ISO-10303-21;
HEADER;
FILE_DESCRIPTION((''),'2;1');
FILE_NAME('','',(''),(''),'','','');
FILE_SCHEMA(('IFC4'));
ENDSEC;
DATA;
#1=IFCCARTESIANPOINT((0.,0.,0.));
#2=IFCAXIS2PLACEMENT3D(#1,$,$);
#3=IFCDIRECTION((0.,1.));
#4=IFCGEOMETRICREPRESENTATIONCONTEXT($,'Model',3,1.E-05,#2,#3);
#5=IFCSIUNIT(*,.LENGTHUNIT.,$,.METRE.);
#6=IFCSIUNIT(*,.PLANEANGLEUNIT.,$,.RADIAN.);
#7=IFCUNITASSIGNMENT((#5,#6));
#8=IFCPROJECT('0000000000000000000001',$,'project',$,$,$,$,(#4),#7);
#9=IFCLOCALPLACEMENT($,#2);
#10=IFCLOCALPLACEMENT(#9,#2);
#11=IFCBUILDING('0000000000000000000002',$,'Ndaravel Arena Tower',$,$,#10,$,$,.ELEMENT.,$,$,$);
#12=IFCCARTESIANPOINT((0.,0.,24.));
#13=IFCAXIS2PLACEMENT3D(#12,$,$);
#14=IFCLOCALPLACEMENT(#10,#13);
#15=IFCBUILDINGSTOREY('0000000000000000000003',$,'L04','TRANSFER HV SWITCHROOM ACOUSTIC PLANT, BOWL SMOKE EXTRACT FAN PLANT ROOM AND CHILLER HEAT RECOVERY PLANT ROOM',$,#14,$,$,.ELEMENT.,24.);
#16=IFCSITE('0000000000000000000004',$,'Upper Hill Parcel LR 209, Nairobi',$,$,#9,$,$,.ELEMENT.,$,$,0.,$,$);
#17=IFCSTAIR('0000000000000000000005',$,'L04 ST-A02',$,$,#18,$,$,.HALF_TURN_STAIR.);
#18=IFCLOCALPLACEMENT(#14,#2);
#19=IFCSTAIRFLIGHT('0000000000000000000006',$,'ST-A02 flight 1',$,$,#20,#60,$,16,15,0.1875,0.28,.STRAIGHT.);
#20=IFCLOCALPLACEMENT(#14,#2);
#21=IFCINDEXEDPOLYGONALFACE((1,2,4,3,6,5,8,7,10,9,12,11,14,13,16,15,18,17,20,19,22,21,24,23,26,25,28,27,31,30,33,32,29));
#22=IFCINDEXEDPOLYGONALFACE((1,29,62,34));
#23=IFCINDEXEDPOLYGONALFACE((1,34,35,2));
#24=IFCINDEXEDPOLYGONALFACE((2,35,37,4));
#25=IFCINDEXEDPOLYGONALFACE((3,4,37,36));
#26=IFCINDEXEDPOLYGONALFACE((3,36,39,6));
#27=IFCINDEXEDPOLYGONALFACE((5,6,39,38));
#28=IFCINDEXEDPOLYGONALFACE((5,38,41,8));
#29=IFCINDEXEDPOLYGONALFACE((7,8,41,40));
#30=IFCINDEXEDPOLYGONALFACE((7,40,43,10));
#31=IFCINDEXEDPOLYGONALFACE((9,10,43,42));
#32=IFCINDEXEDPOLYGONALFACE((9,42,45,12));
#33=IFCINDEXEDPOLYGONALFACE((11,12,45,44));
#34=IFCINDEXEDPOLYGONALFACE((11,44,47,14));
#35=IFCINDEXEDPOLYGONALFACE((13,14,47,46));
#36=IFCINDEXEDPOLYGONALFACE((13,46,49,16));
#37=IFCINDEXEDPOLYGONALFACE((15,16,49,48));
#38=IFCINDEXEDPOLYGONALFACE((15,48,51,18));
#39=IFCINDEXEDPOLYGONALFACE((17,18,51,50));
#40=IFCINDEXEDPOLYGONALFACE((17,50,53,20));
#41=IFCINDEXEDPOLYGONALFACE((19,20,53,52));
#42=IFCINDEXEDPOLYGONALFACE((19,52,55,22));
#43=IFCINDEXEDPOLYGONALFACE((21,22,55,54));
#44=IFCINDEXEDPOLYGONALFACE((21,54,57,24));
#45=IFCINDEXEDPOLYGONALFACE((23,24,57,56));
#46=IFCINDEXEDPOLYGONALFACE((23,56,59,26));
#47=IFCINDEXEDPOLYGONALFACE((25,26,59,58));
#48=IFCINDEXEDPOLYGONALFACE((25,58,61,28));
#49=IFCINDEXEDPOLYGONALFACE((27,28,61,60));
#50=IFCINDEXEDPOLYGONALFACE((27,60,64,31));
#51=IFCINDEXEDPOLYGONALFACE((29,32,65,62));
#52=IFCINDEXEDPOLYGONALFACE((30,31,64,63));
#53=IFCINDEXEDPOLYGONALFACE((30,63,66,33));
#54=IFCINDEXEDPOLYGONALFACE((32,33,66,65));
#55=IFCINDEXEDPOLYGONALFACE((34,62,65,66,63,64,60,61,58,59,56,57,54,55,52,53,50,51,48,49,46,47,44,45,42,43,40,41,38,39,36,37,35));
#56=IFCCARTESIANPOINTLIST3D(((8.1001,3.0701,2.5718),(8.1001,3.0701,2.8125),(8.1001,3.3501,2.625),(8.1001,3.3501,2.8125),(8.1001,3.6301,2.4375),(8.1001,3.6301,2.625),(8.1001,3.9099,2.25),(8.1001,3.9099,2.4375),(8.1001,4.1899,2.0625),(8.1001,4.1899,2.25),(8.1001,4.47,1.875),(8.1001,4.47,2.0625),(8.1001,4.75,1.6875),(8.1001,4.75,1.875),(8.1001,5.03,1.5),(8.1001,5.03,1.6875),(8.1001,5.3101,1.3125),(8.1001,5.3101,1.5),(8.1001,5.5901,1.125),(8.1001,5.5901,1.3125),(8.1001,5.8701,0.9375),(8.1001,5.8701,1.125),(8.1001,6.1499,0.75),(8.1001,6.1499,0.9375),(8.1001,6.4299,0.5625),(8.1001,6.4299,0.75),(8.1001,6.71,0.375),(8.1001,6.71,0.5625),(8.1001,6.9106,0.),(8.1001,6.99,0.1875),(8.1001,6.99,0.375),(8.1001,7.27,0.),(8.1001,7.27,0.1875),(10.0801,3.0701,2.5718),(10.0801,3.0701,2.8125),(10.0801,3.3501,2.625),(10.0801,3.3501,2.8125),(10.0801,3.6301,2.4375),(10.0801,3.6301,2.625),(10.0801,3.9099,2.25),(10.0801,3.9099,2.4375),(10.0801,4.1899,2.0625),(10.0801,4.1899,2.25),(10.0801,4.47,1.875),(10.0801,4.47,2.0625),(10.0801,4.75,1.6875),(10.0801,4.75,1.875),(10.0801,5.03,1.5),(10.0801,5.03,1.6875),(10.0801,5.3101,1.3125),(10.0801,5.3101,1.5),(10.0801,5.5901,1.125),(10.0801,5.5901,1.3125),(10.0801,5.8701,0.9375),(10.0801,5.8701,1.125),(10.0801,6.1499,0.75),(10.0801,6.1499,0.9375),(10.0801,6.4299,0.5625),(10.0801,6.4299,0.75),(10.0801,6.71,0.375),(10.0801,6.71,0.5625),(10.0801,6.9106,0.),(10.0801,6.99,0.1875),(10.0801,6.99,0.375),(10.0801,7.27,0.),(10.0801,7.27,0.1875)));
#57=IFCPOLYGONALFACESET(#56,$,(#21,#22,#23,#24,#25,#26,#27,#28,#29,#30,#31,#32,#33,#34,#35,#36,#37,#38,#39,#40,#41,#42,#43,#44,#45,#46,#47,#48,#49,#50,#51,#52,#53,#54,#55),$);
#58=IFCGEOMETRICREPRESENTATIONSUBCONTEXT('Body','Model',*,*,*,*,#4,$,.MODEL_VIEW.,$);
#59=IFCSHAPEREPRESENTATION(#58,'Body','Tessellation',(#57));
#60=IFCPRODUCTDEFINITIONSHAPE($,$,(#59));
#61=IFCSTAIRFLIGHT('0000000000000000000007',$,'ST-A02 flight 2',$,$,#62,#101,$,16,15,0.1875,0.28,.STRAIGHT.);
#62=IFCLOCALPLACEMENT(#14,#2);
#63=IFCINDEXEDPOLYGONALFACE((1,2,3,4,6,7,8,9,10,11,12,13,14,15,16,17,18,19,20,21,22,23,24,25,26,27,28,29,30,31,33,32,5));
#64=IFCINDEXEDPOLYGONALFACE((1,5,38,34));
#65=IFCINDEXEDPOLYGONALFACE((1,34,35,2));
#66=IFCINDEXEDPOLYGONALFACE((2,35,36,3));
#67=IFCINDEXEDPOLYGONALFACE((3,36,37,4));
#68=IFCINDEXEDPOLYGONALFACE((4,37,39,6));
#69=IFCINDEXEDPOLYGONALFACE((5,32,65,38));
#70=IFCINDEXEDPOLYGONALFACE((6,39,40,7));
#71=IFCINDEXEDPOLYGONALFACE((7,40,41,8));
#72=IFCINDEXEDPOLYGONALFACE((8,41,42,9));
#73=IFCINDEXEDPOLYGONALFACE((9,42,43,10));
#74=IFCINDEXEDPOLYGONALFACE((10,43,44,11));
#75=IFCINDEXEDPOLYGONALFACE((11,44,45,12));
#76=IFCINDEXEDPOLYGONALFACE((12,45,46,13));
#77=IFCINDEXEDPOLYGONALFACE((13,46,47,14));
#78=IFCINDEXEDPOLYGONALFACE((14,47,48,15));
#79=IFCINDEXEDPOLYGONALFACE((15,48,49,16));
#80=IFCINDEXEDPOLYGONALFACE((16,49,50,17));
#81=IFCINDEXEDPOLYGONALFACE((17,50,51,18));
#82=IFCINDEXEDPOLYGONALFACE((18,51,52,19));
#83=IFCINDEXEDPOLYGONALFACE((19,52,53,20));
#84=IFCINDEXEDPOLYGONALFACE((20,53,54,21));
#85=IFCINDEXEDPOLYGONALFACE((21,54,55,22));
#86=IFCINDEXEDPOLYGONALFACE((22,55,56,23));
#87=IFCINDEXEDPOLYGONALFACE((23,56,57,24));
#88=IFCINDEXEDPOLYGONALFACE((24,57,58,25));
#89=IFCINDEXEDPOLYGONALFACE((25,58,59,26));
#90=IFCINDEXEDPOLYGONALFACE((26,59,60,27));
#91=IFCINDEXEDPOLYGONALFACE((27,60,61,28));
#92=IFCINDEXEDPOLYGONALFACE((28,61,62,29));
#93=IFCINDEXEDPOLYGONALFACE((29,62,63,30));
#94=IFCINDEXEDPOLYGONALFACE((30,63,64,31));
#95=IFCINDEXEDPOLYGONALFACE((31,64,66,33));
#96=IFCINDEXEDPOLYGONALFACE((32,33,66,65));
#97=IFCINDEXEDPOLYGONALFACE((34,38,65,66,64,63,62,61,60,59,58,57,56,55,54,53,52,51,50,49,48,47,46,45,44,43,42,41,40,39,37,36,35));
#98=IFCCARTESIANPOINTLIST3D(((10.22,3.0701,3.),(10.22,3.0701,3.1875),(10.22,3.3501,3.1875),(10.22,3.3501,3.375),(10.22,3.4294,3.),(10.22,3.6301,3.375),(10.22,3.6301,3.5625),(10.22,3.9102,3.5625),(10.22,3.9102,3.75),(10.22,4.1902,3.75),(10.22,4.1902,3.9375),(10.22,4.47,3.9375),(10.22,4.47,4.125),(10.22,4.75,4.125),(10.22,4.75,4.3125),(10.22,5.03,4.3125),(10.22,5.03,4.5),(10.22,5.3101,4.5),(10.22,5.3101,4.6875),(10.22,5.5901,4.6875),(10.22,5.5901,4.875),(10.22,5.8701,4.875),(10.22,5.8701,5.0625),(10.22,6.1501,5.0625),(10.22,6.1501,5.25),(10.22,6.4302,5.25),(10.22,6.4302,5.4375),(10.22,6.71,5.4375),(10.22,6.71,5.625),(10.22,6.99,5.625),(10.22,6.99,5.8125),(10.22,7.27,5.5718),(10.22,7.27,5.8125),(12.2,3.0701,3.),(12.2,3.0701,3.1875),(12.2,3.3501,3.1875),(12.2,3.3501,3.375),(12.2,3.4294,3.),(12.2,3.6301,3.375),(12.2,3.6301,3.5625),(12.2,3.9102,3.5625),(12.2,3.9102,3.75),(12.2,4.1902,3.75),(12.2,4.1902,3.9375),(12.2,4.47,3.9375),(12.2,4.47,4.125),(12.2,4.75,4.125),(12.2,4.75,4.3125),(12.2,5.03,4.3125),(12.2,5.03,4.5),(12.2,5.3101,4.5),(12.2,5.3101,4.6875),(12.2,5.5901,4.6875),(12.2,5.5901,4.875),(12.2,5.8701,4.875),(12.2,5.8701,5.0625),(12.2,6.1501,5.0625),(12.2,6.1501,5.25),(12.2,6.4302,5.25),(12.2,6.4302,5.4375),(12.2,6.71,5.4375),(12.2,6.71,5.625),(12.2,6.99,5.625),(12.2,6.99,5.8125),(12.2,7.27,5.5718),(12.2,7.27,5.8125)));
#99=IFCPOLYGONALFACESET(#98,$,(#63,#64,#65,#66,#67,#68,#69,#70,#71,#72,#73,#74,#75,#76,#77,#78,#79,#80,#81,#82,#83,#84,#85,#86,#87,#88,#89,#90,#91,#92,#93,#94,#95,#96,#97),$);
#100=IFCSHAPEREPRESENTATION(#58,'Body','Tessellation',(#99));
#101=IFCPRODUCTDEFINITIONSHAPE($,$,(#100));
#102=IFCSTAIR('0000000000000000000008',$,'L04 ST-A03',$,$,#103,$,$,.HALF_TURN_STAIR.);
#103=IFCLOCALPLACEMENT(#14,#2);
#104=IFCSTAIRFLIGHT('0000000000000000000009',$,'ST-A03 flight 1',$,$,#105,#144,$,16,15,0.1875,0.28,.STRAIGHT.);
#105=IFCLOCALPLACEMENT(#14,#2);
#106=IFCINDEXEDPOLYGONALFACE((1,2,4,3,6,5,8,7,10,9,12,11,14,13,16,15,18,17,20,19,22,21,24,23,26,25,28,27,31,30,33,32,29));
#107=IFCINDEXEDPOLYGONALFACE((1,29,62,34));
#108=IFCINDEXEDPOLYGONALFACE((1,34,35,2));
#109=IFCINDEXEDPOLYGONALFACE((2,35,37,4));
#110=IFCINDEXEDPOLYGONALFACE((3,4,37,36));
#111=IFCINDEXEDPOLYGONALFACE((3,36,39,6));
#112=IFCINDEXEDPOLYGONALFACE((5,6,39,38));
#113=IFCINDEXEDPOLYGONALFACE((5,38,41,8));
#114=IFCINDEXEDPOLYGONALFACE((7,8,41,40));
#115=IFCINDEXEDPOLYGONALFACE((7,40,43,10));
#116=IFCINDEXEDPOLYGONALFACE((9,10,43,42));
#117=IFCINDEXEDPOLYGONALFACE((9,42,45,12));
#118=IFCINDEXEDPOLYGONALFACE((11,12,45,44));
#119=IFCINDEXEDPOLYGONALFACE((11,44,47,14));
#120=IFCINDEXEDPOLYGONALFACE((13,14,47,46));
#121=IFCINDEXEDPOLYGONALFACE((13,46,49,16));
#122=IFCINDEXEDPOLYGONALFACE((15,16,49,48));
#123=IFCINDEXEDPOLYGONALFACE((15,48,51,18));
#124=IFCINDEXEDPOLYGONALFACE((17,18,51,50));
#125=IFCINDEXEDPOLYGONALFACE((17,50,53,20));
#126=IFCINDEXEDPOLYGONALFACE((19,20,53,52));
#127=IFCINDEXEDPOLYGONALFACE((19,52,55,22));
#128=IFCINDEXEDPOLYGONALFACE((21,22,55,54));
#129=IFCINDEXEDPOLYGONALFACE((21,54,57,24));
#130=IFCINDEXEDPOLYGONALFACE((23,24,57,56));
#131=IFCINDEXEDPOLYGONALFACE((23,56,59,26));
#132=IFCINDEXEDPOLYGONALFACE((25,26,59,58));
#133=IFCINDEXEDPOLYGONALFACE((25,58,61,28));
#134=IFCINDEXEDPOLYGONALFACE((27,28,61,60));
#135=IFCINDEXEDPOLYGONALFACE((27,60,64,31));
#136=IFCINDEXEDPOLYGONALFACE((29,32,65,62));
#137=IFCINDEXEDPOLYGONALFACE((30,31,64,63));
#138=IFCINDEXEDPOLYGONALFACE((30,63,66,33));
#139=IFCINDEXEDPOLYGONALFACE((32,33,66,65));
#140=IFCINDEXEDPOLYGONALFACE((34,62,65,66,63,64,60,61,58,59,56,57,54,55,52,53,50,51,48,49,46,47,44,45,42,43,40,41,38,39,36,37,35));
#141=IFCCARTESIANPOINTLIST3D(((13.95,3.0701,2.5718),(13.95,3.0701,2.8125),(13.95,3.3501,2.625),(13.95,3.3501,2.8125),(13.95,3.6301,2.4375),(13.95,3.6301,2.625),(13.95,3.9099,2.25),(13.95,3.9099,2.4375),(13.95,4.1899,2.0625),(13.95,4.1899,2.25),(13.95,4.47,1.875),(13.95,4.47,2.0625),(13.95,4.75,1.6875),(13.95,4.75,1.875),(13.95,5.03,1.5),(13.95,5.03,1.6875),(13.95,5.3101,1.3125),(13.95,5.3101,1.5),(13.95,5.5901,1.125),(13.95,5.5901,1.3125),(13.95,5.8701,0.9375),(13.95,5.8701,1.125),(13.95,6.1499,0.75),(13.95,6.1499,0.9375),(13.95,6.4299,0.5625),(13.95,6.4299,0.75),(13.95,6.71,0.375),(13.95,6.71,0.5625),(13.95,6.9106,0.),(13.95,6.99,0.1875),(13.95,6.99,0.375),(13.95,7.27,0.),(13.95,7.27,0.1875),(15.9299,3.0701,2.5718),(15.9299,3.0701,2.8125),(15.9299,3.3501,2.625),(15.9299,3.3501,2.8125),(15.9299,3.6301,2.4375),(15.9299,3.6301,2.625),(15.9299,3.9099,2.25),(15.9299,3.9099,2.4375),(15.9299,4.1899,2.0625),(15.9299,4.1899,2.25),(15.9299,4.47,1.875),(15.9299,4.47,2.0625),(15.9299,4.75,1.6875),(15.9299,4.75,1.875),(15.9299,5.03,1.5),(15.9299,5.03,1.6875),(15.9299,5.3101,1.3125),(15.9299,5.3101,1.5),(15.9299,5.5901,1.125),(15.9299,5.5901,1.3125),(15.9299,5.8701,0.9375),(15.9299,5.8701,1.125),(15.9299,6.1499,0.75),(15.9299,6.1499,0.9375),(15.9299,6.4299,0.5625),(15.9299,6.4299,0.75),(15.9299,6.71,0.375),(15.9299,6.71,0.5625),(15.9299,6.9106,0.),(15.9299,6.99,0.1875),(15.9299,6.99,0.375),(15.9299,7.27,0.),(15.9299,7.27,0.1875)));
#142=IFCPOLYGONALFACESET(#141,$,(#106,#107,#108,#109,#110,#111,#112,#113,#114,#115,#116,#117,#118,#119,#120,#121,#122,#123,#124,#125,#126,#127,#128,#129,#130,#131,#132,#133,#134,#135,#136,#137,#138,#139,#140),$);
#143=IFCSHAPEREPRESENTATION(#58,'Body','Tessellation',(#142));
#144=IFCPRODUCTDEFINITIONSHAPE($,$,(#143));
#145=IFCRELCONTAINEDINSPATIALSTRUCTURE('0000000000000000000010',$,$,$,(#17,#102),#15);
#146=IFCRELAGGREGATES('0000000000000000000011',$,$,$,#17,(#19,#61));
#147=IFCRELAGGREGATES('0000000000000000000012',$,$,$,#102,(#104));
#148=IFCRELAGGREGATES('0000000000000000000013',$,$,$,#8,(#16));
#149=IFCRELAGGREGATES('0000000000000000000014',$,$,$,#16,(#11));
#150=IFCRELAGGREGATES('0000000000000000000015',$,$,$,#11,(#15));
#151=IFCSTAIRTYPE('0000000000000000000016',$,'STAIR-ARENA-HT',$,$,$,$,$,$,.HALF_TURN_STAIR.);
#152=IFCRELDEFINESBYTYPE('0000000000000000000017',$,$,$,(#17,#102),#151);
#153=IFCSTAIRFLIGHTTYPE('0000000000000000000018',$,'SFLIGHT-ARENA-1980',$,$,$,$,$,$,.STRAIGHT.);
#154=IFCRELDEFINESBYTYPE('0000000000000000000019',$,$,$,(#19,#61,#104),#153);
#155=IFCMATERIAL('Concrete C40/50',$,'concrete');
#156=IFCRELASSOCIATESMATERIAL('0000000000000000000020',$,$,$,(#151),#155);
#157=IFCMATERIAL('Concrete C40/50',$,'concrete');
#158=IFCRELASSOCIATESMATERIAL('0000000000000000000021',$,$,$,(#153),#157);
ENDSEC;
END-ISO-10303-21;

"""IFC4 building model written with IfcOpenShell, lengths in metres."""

from ifc_helpers import new_model, si_unit, direction, frame, origin, place, context, subcontext, project, spatial, polyline, outline, extrude, material, type_object, element, aggregate, save


model = new_model("IFC4")

# Units and contexts
model_context = context("Model", 3, precision=1e-05, world=origin(), true_north=direction((0.0, 1.0)))
body_context = subcontext(model_context, "Body", "Model", "MODEL_VIEW")
ifc_project = project(units=[si_unit("LENGTHUNIT", "METRE"), si_unit("PLANEANGLEUNIT", "RADIAN")], contexts=[model_context])

# Site, building, storey
site_placement = place(None, origin())
site = spatial("IfcSite", under=ifc_project, at=site_placement, Name="Upper Hill Parcel LR 209, Nairobi", CompositionType="ELEMENT", RefElevation=0.0)
building_placement = place(site_placement, origin())
building = spatial("IfcBuilding", under=site, at=building_placement, Name="Ndaravel Arena Tower", CompositionType="ELEMENT")
storey_placement = place(building_placement, frame((0.0, 0.0, 24.0)))
storey = spatial("IfcBuildingStorey", under=building, at=storey_placement, Name="L04", Description="TRANSFER HV SWITCHROOM ACOUSTIC PLANT, BOWL SMOKE EXTRACT FAN PLANT ROOM AND CHILLER HEAT RECOVERY PLANT ROOM", CompositionType="ELEMENT", Elevation=24.0)

# Stair, stair flights
ifc_material_1 = material(Name="Concrete C40/50", Category="concrete")
stair_type = type_object("IfcStairType", Name="STAIR-ARENA-HT", PredefinedType="HALF_TURN_STAIR", material=ifc_material_1)
ifc_material_2 = material(Name="Concrete C40/50", Category="concrete")
stair_flight_type = type_object("IfcStairFlightType", Name="SFLIGHT-ARENA-1980", PredefinedType="STRAIGHT", material=ifc_material_2)
stair_1_placement = place(storey_placement, origin())
stair_1 = element("IfcStair", 1, at=stair_1_placement, inside=storey, type_object=stair_type, Name="L04 ST-A02", PredefinedType="HALF_TURN_STAIR")
stair_flight_1_placement = place(storey_placement, frame((9.0901, 7.27, 0.0), z_axis=(0.0, 0.0, 1.0), x_axis=(0.0, -1.0, 0.0)))
stair_flight_1 = element("IfcStairFlight", 2, at=stair_flight_1_placement, type_object=stair_flight_type, Name="ST-A02 flight 1", NumberOfRisers=16, NumberOfTreads=15, PredefinedType="STRAIGHT", RiserHeight=0.1875, TreadLength=0.28, context=body_context, shape_type="SweptSolid", body=[
    extrude(outline(polyline([(0.0, 0.0), (0.0, 0.1875), (0.28, 0.1875), (0.28, 0.375), (0.5601, 0.375), (0.5601, 0.5625), (0.8401, 0.5625), (0.8401, 0.75), (1.1201, 0.75), (1.1201, 0.9375), (1.3999, 0.9375), (1.3999, 1.125), (1.6799, 1.125), (1.6799, 1.3125), (1.96, 1.3125), (1.96, 1.5), (2.24, 1.5), (2.24, 1.6875), (2.52, 1.6875), (2.52, 1.875), (2.8, 1.875), (2.8, 2.0625), (3.0801, 2.0625), (3.0801, 2.25), (3.3601, 2.25), (3.3601, 2.4375), (3.6399, 2.4375), (3.6399, 2.625), (3.9199, 2.625), (3.9199, 2.8125), (4.2, 2.8125), (4.2, 3.0), (4.2, 2.5718), (0.3594, 0.0), (0.0, 0.0)])), frame((0.0, 0.99, 0.0), z_axis=(0.0, -1.0, 0.0), x_axis=(1.0, 0.0, 0.0)), (0.0, 0.0, 1.0), 1.98),
])
stair_flight_2_placement = place(storey_placement, frame((11.21, 3.0701, 3.0), z_axis=(0.0, 0.0, 1.0), x_axis=(0.0, 1.0, 0.0)))
stair_flight_2 = element("IfcStairFlight", 3, at=stair_flight_2_placement, type_object=stair_flight_type, Name="ST-A02 flight 2", NumberOfRisers=16, NumberOfTreads=15, PredefinedType="STRAIGHT", RiserHeight=0.1875, TreadLength=0.28, context=body_context, shape_type="SweptSolid", body=[
    extrude(outline(polyline([(0.0, 0.0), (0.0, 0.1875), (0.28, 0.1875), (0.28, 0.375), (0.5601, 0.375), (0.5601, 0.5625), (0.8401, 0.5625), (0.8401, 0.75), (1.1201, 0.75), (1.1201, 0.9375), (1.3999, 0.9375), (1.3999, 1.125), (1.6799, 1.125), (1.6799, 1.3125), (1.96, 1.3125), (1.96, 1.5), (2.24, 1.5), (2.24, 1.6875), (2.52, 1.6875), (2.52, 1.875), (2.8, 1.875), (2.8, 2.0625), (3.0801, 2.0625), (3.0801, 2.25), (3.3601, 2.25), (3.3601, 2.4375), (3.6399, 2.4375), (3.6399, 2.625), (3.9199, 2.625), (3.9199, 2.8125), (4.2, 2.8125), (4.2, 3.0), (4.2, 2.5718), (0.3594, 0.0), (0.0, 0.0)])), frame((0.0, 0.99, 0.0), z_axis=(0.0, -1.0, 0.0), x_axis=(1.0, 0.0, 0.0)), (0.0, 0.0, 1.0), 1.98),
])
aggregate(stair_1, [stair_flight_1, stair_flight_2])

# Stair, stair flight
stair_2_placement = place(storey_placement, origin())
stair_2 = element("IfcStair", 4, at=stair_2_placement, inside=storey, type_object=stair_type, Name="L04 ST-A03", PredefinedType="HALF_TURN_STAIR")
stair_flight_3_placement = place(storey_placement, frame((14.9399, 7.27, 0.0), z_axis=(0.0, 0.0, 1.0), x_axis=(0.0, -1.0, 0.0)))
stair_flight_3 = element("IfcStairFlight", 5, at=stair_flight_3_placement, type_object=stair_flight_type, Name="ST-A03 flight 1", NumberOfRisers=16, NumberOfTreads=15, PredefinedType="STRAIGHT", RiserHeight=0.1875, TreadLength=0.28, context=body_context, shape_type="SweptSolid", body=[
    extrude(outline(polyline([(0.0, 0.0), (0.0, 0.1875), (0.28, 0.1875), (0.28, 0.375), (0.5601, 0.375), (0.5601, 0.5625), (0.8401, 0.5625), (0.8401, 0.75), (1.1201, 0.75), (1.1201, 0.9375), (1.3999, 0.9375), (1.3999, 1.125), (1.6799, 1.125), (1.6799, 1.3125), (1.96, 1.3125), (1.96, 1.5), (2.24, 1.5), (2.24, 1.6875), (2.52, 1.6875), (2.52, 1.875), (2.8, 1.875), (2.8, 2.0625), (3.0801, 2.0625), (3.0801, 2.25), (3.3601, 2.25), (3.3601, 2.4375), (3.6399, 2.4375), (3.6399, 2.625), (3.9199, 2.625), (3.9199, 2.8125), (4.2, 2.8125), (4.2, 3.0), (4.2, 2.5718), (0.3594, 0.0), (0.0, 0.0)])), frame((0.0, 0.99, 0.0), z_axis=(0.0, -1.0, 0.0), x_axis=(1.0, 0.0, 0.0)), (0.0, 0.0, 1.0), 1.98),
])
aggregate(stair_2, [stair_flight_3])

save(model, "model.ifc")
